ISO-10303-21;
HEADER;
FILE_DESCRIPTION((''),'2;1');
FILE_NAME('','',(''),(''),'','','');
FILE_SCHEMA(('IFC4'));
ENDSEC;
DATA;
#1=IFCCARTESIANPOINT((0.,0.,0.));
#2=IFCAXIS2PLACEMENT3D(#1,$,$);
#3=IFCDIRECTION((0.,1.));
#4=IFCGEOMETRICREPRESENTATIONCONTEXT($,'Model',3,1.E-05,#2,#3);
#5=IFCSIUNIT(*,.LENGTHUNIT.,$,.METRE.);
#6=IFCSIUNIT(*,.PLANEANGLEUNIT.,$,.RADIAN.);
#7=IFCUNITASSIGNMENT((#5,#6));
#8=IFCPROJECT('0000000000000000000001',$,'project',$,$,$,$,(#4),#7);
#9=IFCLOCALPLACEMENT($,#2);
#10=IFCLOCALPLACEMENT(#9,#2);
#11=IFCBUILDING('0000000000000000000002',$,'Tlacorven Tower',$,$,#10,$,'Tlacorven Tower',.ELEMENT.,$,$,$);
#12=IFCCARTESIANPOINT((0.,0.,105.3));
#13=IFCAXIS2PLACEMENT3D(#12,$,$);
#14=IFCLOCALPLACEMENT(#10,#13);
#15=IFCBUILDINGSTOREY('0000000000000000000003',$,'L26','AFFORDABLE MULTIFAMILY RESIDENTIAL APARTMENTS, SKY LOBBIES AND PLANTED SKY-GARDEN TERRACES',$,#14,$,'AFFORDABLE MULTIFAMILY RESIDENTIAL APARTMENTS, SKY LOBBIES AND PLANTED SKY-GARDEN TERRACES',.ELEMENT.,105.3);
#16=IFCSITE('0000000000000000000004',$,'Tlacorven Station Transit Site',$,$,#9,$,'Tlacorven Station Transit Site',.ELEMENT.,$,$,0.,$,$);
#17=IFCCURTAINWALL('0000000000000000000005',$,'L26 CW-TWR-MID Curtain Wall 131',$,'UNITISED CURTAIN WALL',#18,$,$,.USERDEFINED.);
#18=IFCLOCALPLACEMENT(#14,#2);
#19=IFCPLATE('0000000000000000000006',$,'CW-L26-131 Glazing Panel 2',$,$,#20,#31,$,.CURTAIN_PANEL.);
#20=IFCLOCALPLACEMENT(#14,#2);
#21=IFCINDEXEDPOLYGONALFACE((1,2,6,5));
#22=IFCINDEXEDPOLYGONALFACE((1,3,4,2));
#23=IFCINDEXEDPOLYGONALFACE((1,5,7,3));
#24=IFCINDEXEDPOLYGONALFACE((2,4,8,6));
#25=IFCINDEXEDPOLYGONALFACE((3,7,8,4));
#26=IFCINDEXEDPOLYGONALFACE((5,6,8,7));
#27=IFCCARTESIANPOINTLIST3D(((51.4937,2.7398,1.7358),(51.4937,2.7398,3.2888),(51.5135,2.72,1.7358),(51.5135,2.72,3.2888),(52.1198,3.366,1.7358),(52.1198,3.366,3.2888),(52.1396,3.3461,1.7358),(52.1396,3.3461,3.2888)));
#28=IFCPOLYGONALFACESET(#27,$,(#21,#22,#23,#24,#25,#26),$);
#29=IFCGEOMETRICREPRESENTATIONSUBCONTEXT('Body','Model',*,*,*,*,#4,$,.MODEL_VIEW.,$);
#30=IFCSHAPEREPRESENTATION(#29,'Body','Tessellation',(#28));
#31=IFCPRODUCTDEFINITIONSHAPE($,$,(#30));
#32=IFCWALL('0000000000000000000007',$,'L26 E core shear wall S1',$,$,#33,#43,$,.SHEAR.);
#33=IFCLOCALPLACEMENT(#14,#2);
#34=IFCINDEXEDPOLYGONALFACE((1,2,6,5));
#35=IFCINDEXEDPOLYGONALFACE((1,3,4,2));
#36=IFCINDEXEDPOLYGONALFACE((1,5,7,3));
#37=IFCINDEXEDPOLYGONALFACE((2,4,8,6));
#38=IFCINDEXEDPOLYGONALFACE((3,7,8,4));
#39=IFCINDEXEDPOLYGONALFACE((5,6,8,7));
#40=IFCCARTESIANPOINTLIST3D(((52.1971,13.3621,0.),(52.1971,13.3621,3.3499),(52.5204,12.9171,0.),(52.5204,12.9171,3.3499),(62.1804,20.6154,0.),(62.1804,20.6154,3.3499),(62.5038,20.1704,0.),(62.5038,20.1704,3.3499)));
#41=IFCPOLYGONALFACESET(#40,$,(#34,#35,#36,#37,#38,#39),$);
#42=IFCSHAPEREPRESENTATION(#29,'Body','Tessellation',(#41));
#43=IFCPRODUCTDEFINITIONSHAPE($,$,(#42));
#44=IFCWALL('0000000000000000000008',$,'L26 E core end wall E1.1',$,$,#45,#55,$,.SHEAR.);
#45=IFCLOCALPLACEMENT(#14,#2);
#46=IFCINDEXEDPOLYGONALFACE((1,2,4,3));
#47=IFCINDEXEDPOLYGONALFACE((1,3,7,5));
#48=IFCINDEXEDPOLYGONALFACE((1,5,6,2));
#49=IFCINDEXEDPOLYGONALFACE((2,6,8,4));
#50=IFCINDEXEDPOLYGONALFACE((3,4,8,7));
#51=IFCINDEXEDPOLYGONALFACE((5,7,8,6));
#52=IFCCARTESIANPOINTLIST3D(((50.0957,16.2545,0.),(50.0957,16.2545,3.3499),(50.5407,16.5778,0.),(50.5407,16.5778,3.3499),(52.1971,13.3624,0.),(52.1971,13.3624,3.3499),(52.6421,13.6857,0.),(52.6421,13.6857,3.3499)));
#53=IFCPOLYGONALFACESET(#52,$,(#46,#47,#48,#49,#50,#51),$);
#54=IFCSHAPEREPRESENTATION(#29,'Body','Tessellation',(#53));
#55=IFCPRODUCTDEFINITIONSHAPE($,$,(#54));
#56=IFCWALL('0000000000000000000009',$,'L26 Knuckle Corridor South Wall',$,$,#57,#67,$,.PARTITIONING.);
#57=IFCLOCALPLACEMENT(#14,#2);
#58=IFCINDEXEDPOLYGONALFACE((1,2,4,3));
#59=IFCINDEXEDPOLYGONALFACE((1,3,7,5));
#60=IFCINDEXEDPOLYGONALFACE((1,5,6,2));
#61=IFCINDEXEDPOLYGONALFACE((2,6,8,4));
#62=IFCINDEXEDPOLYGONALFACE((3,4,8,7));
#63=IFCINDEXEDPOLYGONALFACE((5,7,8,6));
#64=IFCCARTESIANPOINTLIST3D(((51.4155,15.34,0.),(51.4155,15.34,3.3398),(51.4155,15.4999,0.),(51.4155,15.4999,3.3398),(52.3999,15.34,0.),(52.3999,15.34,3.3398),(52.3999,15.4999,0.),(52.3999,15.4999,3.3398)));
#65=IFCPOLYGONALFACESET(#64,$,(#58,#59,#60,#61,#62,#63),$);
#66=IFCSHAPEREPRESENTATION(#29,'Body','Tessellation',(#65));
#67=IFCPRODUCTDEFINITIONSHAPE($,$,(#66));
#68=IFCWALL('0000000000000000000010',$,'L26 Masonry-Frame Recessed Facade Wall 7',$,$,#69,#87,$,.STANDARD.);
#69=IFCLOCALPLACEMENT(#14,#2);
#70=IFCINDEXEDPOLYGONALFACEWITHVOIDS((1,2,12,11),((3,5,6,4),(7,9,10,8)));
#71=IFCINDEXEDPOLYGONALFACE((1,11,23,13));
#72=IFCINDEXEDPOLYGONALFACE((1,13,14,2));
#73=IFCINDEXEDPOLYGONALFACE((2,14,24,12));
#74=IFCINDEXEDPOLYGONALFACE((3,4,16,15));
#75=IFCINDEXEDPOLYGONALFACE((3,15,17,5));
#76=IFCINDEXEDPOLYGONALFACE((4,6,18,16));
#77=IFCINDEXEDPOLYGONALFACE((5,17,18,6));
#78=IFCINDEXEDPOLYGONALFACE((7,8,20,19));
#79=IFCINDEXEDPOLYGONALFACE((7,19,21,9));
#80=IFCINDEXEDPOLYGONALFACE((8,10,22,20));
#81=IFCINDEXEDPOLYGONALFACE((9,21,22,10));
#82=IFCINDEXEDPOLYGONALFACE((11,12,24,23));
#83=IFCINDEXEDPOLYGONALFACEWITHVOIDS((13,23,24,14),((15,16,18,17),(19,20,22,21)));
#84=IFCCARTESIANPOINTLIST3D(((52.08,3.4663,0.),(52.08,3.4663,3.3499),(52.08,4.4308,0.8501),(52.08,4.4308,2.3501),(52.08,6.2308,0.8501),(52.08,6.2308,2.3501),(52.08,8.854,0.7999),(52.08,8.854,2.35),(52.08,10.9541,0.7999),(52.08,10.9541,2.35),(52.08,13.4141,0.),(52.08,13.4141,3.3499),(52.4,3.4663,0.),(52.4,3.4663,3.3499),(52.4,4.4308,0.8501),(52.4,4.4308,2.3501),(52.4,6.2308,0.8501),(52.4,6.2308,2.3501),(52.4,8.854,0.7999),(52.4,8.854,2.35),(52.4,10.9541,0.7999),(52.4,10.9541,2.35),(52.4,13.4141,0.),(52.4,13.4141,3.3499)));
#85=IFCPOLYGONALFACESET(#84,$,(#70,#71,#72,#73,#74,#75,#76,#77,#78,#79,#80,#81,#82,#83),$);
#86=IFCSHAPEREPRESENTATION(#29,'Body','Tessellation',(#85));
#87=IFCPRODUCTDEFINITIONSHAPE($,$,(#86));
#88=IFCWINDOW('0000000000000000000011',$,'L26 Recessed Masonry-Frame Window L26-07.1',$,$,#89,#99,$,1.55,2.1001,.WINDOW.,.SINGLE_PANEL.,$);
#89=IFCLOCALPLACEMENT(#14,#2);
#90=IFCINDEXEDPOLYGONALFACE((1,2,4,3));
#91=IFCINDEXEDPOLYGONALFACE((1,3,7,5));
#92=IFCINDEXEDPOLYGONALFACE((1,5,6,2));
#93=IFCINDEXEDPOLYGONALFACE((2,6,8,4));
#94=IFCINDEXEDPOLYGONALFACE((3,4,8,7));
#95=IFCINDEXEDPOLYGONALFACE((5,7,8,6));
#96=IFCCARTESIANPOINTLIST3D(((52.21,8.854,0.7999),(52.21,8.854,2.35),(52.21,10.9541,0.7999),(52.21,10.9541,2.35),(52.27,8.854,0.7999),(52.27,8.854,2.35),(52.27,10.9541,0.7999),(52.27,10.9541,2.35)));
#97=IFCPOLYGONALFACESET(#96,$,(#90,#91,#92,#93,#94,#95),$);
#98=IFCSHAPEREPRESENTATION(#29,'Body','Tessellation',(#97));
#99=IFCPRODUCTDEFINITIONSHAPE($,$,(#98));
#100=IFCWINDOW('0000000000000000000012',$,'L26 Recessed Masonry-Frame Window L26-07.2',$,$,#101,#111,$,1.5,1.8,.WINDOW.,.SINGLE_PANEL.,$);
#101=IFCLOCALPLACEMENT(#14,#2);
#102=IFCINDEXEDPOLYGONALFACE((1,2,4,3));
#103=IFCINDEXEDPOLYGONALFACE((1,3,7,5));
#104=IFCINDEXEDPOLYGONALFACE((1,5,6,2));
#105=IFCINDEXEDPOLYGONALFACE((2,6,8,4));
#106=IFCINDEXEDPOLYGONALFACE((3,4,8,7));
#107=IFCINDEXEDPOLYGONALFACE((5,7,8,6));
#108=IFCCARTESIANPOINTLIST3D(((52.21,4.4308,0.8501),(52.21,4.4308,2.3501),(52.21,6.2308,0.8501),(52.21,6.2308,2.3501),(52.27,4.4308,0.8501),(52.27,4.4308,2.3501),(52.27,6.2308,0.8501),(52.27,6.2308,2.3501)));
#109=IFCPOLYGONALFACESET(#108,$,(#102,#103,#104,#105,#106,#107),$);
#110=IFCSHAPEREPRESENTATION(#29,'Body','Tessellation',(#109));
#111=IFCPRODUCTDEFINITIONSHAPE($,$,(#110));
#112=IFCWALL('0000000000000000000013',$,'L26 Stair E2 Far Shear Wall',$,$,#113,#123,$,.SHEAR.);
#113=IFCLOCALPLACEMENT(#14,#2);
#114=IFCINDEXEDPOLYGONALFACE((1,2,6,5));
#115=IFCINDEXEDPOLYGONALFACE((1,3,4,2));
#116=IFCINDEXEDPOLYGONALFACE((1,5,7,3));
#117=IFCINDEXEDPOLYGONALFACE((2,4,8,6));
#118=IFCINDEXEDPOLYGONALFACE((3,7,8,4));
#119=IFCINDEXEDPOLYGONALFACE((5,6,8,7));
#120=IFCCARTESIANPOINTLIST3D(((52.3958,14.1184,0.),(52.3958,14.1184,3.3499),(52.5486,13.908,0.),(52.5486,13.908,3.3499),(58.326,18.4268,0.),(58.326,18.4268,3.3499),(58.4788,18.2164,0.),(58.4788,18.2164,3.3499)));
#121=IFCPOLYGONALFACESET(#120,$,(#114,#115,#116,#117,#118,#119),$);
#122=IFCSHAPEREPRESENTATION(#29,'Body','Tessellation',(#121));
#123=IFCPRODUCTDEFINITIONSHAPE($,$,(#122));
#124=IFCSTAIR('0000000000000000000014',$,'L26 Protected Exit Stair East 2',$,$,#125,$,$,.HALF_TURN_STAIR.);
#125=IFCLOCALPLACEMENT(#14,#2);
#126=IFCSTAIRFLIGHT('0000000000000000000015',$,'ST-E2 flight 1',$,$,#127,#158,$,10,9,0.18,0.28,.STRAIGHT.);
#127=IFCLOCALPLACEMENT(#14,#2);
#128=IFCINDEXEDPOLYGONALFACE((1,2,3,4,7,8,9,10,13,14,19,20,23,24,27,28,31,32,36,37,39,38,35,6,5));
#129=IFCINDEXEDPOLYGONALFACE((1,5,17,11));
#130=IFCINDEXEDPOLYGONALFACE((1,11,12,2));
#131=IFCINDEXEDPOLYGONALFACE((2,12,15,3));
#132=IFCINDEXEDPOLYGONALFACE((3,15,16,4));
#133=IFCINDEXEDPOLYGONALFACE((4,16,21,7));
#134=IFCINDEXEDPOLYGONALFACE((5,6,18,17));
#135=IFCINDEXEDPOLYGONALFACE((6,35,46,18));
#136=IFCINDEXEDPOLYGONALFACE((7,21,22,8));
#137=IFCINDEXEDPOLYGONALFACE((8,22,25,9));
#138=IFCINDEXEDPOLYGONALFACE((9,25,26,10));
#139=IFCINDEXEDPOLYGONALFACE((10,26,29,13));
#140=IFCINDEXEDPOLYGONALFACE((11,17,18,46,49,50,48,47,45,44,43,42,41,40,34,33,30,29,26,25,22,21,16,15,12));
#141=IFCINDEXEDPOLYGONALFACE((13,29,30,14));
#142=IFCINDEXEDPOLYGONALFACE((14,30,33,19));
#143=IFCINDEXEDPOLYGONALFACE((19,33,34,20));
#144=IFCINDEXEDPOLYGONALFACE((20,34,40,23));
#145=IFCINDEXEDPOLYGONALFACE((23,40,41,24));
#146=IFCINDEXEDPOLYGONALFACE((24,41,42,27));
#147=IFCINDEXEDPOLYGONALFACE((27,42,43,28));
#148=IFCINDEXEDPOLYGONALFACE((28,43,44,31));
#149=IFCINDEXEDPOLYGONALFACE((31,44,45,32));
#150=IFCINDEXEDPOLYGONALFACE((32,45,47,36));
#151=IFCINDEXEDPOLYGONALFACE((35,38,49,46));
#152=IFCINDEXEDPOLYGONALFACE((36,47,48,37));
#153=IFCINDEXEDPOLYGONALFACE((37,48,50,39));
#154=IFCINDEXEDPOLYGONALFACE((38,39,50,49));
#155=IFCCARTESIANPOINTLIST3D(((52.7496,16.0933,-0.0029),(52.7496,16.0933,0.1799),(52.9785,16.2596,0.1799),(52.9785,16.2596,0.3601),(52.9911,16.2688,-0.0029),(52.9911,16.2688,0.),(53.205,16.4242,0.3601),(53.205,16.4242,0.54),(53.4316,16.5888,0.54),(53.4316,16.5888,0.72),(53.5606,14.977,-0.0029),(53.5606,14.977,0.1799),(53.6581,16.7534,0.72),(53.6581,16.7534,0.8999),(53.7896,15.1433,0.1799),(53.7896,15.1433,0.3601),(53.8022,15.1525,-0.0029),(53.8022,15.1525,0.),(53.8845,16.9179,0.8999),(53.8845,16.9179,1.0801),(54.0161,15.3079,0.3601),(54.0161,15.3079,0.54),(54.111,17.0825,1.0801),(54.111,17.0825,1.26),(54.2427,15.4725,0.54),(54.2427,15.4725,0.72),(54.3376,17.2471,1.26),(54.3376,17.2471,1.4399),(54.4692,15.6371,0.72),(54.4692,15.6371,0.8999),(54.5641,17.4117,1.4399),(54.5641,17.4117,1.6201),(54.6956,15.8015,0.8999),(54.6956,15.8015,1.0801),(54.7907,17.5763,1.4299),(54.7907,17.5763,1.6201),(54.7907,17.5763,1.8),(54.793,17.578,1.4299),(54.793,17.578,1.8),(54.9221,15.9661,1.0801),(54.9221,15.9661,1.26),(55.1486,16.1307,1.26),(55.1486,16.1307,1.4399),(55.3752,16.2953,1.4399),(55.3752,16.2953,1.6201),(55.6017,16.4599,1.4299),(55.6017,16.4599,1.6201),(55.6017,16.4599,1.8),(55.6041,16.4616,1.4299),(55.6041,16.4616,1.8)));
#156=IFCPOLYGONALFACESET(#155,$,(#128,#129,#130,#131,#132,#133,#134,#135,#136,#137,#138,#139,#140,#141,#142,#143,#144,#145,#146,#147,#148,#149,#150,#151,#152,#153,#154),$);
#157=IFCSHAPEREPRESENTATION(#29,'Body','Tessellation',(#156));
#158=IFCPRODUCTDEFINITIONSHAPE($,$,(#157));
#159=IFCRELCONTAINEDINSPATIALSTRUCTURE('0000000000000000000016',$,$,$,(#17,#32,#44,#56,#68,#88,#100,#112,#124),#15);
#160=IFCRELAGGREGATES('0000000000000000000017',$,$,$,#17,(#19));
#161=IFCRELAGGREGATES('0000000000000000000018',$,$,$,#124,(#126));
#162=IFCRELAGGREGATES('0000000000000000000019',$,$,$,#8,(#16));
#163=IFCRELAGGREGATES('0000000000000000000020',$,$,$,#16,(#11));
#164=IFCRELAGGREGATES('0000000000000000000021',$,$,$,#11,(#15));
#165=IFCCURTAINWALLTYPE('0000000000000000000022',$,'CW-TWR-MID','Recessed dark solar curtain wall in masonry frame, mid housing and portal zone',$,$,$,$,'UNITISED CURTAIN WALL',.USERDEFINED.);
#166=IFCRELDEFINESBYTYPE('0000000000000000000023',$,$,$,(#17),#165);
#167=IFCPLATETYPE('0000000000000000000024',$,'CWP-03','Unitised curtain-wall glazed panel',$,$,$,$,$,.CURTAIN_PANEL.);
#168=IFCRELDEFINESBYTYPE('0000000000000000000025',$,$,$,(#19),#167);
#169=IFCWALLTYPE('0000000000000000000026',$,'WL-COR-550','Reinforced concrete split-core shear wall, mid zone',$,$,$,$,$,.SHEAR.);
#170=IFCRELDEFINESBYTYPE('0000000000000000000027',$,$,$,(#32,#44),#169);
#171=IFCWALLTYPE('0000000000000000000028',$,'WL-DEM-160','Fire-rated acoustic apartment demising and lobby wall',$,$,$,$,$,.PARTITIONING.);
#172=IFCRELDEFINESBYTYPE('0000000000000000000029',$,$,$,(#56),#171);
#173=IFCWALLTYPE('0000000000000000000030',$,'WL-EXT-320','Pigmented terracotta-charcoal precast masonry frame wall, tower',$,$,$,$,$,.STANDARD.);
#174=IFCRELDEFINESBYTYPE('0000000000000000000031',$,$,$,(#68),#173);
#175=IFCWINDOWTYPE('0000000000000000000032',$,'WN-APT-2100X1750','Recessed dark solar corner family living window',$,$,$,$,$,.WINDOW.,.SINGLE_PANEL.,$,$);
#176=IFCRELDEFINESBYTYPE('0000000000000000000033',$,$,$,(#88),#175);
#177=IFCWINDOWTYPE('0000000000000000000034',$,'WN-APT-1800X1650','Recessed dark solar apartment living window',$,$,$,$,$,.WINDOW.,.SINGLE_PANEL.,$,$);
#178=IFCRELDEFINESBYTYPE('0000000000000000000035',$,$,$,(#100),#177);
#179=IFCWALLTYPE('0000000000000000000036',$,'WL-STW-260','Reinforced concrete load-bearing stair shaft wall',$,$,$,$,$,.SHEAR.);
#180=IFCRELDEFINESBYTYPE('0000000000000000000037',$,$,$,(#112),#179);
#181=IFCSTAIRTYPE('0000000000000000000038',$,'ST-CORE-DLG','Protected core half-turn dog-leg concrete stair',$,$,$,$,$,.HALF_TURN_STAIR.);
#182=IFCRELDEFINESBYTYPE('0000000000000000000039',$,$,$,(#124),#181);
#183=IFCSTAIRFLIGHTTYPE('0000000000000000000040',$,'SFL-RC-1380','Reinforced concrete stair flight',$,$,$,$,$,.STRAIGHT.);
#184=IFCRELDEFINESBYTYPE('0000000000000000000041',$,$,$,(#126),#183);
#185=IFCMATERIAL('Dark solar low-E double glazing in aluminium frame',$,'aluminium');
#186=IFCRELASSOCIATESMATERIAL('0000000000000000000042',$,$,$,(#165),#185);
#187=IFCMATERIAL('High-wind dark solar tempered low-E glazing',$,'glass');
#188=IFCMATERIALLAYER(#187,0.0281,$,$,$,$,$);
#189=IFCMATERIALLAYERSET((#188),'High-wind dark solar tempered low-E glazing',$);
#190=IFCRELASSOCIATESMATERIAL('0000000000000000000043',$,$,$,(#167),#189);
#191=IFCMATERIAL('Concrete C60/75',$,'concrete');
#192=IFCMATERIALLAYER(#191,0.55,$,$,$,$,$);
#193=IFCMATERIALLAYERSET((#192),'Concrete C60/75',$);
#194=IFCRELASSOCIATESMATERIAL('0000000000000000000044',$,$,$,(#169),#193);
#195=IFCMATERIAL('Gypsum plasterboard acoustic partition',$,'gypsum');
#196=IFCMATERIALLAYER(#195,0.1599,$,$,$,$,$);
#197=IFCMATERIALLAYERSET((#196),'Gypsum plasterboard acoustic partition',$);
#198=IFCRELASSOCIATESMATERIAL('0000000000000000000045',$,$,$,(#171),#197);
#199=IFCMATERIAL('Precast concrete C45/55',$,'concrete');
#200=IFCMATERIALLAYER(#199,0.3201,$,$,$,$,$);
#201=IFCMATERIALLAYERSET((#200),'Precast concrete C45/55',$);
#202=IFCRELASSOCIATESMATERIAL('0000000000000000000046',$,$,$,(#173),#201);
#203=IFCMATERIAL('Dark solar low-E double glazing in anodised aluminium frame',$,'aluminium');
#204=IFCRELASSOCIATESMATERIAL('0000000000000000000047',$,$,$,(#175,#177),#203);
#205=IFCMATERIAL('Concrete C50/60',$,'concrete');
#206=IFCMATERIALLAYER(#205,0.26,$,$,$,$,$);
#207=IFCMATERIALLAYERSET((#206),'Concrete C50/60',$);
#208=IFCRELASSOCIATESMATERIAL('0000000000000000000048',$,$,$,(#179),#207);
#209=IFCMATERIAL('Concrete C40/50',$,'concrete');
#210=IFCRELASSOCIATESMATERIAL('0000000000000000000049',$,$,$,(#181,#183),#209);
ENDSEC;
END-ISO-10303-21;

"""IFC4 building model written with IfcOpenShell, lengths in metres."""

from ifc_helpers import new_model, si_unit, direction, frame, frame_2d, origin, origin_2d, place, context, subcontext, project, spatial, polyline, rectangle, outline, extrude, source, transform, mapped, material, layer, layer_set, type_object, element, fill, aggregate, save


model = new_model("IFC4")

# Units and contexts
model_context = context("Model", 3, precision=1e-05, world=origin(), true_north=direction((0.0, 1.0)))
body_context = subcontext(model_context, "Body", "Model", "MODEL_VIEW")
ifc_project = project(units=[si_unit("LENGTHUNIT", "METRE"), si_unit("PLANEANGLEUNIT", "RADIAN")], contexts=[model_context])

# Site, building, storey
site_placement = place(None, origin())
site = spatial("IfcSite", under=ifc_project, at=site_placement, Name="Tlacorven Station Transit Site", LongName="Tlacorven Station Transit Site", CompositionType="ELEMENT", RefElevation=0.0)
building_placement = place(site_placement, origin())
building = spatial("IfcBuilding", under=site, at=building_placement, Name="Tlacorven Tower", LongName="Tlacorven Tower", CompositionType="ELEMENT")
storey_placement = place(building_placement, frame((0.0, 0.0, 105.3)))
storey = spatial("IfcBuildingStorey", under=building, at=storey_placement, Name="L26", Description="AFFORDABLE MULTIFAMILY RESIDENTIAL APARTMENTS, SKY LOBBIES AND PLANTED SKY-GARDEN TERRACES", LongName="AFFORDABLE MULTIFAMILY RESIDENTIAL APARTMENTS, SKY LOBBIES AND PLANTED SKY-GARDEN TERRACES", CompositionType="ELEMENT", Elevation=105.3)

# Curtain wall, plate
ifc_material_1 = material(Name="Dark solar low-E double glazing in aluminium frame", Category="aluminium")
curtain_wall_type = type_object("IfcCurtainWallType", Name="CW-TWR-MID", Description="Recessed dark solar curtain wall in masonry frame, mid housing and portal zone", ElementType="UNITISED CURTAIN WALL", PredefinedType="USERDEFINED", material=ifc_material_1)
curtain_wall_placement = place(storey_placement, origin())
curtain_wall = element("IfcCurtainWall", 1, at=curtain_wall_placement, inside=storey, type_object=curtain_wall_type, Name="L26 CW-TWR-MID Curtain Wall 131", ObjectType="UNITISED CURTAIN WALL", PredefinedType="USERDEFINED")
ifc_material_2 = material(Name="High-wind dark solar tempered low-E glazing", Category="glass")
ifc_layer_1 = layer(ifc_material_2, 0.0281)
ifc_layer_set_1 = layer_set([ifc_layer_1], Name="High-wind dark solar tempered low-E glazing")
plate_type = type_object("IfcPlateType", Name="CWP-03", Description="Unitised curtain-wall glazed panel", PredefinedType="CURTAIN_PANEL", material=ifc_layer_set_1)
shared_shape_1 = source(origin(), body_context, "Body", "SweptSolid", [
    extrude(rectangle(XDim=0.8855, YDim=0.0281, at=origin_2d()), origin(), (0.0, 0.0, 1.0), 1.553),
])
plate_1_placement = place(storey_placement, frame((51.8167, 3.043, 1.7358), z_axis=(0.0, 0.0, 1.0), x_axis=(-0.707107, -0.707107, 0.0)))
plate_1 = element("IfcPlate", 2, at=plate_1_placement, type_object=plate_type, Name="CW-L26-131 Glazing Panel 2", PredefinedType="CURTAIN_PANEL", context=body_context, shape_type="MappedRepresentation", body=[
    mapped(shared_shape_1, transform((0.0, 0.0, 0.0), scale=1.0)),
])
aggregate(curtain_wall, [plate_1])

# Walls
ifc_material_3 = material(Name="Concrete C60/75", Category="concrete")
ifc_layer_2 = layer(ifc_material_3, 0.55)
ifc_layer_set_2 = layer_set([ifc_layer_2], Name="Concrete C60/75")
wall_type_1 = type_object("IfcWallType", Name="WL-COR-550", Description="Reinforced concrete split-core shear wall, mid zone", PredefinedType="SHEAR", material=ifc_layer_set_2)
wall_1_placement = place(storey_placement, frame((52.3589, 13.1396, 0.0), z_axis=(0.0, 0.0, 1.0), x_axis=(0.809015, 0.587788, 0.0)))
element("IfcWall", 3, at=wall_1_placement, inside=storey, type_object=wall_type_1, Name="L26 E core shear wall S1", PredefinedType="SHEAR", context=body_context, shape_type="SweptSolid", body=[
    extrude(rectangle(XDim=12.3401, YDim=0.55, at=frame_2d((6.1699, 0.0))), origin(), (0.0, 0.0, 1.0), 3.3499),
])
wall_2_placement = place(storey_placement, frame((52.4197, 13.5239, 0.0), z_axis=(0.0, 0.0, 1.0), x_axis=(-0.587802, 0.809005, 0.0)))
element("IfcWall", 4, at=wall_2_placement, inside=storey, type_object=wall_type_1, Name="L26 E core end wall E1.1", PredefinedType="SHEAR", context=body_context, shape_type="SweptSolid", body=[
    extrude(rectangle(XDim=3.575, YDim=0.55, at=frame_2d((1.7876, 0.0))), origin(), (0.0, 0.0, 1.0), 3.3499),
])
ifc_material_4 = material(Name="Gypsum plasterboard acoustic partition", Category="gypsum")
ifc_layer_3 = layer(ifc_material_4, 0.1599)
ifc_layer_set_3 = layer_set([ifc_layer_3], Name="Gypsum plasterboard acoustic partition")
wall_type_2 = type_object("IfcWallType", Name="WL-DEM-160", Description="Fire-rated acoustic apartment demising and lobby wall", PredefinedType="PARTITIONING", material=ifc_layer_set_3)
wall_3_placement = place(storey_placement, frame((51.4155, 15.4199, 0.0), z_axis=(0.0, 0.0, 1.0), x_axis=(1.0, 0.0, 0.0)))
element("IfcWall", 5, at=wall_3_placement, inside=storey, type_object=wall_type_2, Name="L26 Knuckle Corridor South Wall", PredefinedType="PARTITIONING", context=body_context, shape_type="SweptSolid", body=[
    extrude(rectangle(XDim=0.9844, YDim=0.1599, at=frame_2d((0.4922, 0.0))), origin(), (0.0, 0.0, 1.0), 3.3398),
])

# Wall, openings, windows
ifc_material_5 = material(Name="Precast concrete C45/55", Category="concrete")
ifc_layer_4 = layer(ifc_material_5, 0.3201)
ifc_layer_set_4 = layer_set([ifc_layer_4], Name="Precast concrete C45/55")
wall_type_3 = type_object("IfcWallType", Name="WL-EXT-320", Description="Pigmented terracotta-charcoal precast masonry frame wall, tower", PredefinedType="STANDARD", material=ifc_layer_set_4)
wall_4_placement = place(storey_placement, frame((52.24, 13.4141, 0.0), z_axis=(0.0, 0.0, 1.0), x_axis=(0.0, -1.0, 0.0)))
wall_4 = element("IfcWall", 6, at=wall_4_placement, inside=storey, type_object=wall_type_3, Name="L26 Masonry-Frame Recessed Facade Wall 7", PredefinedType="STANDARD", context=body_context, shape_type="SweptSolid", body=[
    extrude(rectangle(XDim=9.9478, YDim=0.3201, at=frame_2d((4.9739, 0.0))), origin(), (0.0, 0.0, 1.0), 3.3499),
])
opening_1_placement = place(wall_4_placement, frame((2.46, 0.0, 0.8)))
opening_1 = element("IfcOpeningElement", 7, at=opening_1_placement, cuts=wall_4, PredefinedType="OPENING", context=body_context, shape_type="SweptSolid", body=[
    extrude(rectangle(XDim=2.1001, YDim=1.55, at=frame_2d((1.05, 0.7749))), frame((0.0, 0.1699, 0.0), z_axis=(0.0, -1.0, 0.0), x_axis=(1.0, 0.0, 0.0)), (0.0, 0.0, 1.0), 0.3401),
])
opening_2_placement = place(wall_4_placement, frame((7.1833, 0.0, 0.8501)))
opening_2 = element("IfcOpeningElement", 8, at=opening_2_placement, cuts=wall_4, PredefinedType="OPENING", context=body_context, shape_type="SweptSolid", body=[
    extrude(rectangle(XDim=1.8, YDim=1.5, at=frame_2d((0.8999, 0.75))), frame((0.0, 0.1699, 0.0), z_axis=(0.0, -1.0, 0.0), x_axis=(1.0, 0.0, 0.0)), (0.0, 0.0, 1.0), 0.3401),
])
ifc_material_6 = material(Name="Dark solar low-E double glazing in anodised aluminium frame", Category="aluminium")
window_type_1 = type_object("IfcWindowType", Name="WN-APT-2100X1750", Description="Recessed dark solar corner family living window", PartitioningType="SINGLE_PANEL", PredefinedType="WINDOW", material=ifc_material_6)
shared_shape_2 = source(origin(), body_context, "Body", "SweptSolid", [
    extrude(rectangle(XDim=2.1001, YDim=1.55, at=frame_2d((1.05, 0.7749))), frame((0.0, 0.03, 0.0), z_axis=(0.0, -1.0, 0.0), x_axis=(1.0, 0.0, 0.0)), (0.0, 0.0, 1.0), 0.0601),
])
window_1_placement = place(opening_1_placement, origin())
window_1 = element("IfcWindow", 9, at=window_1_placement, inside=storey, type_object=window_type_1, Name="L26 Recessed Masonry-Frame Window L26-07.1", OverallHeight=1.55, OverallWidth=2.1001, PartitioningType="SINGLE_PANEL", PredefinedType="WINDOW", context=body_context, shape_type="MappedRepresentation", body=[
    mapped(shared_shape_2, transform((0.0, 0.0, 0.0), scale=1.0)),
])
fill(opening_1, window_1)
window_type_2 = type_object("IfcWindowType", Name="WN-APT-1800X1650", Description="Recessed dark solar apartment living window", PartitioningType="SINGLE_PANEL", PredefinedType="WINDOW", material=ifc_material_6)
shared_shape_3 = source(origin(), body_context, "Body", "SweptSolid", [
    extrude(rectangle(XDim=1.8, YDim=1.5, at=frame_2d((0.8999, 0.75))), frame((0.0, 0.03, 0.0), z_axis=(0.0, -1.0, 0.0), x_axis=(1.0, 0.0, 0.0)), (0.0, 0.0, 1.0), 0.0601),
])
window_2_placement = place(opening_2_placement, origin())
window_2 = element("IfcWindow", 10, at=window_2_placement, inside=storey, type_object=window_type_2, Name="L26 Recessed Masonry-Frame Window L26-07.2", OverallHeight=1.5, OverallWidth=1.8, PartitioningType="SINGLE_PANEL", PredefinedType="WINDOW", context=body_context, shape_type="MappedRepresentation", body=[
    mapped(shared_shape_3, transform((0.0, 0.0, 0.0), scale=1.0)),
])
fill(opening_2, window_2)

# Wall
ifc_material_7 = material(Name="Concrete C50/60", Category="concrete")
ifc_layer_5 = layer(ifc_material_7, 0.26)
ifc_layer_set_5 = layer_set([ifc_layer_5], Name="Concrete C50/60")
wall_type_4 = type_object("IfcWallType", Name="WL-STW-260", Description="Reinforced concrete load-bearing stair shaft wall", PredefinedType="SHEAR", material=ifc_layer_set_5)
wall_5_placement = place(storey_placement, frame((52.4722, 14.0132, 0.0), z_axis=(0.0, 0.0, 1.0), x_axis=(0.809028, 0.58777, 0.0)))
element("IfcWall", 11, at=wall_5_placement, inside=storey, type_object=wall_type_4, Name="L26 Stair E2 Far Shear Wall", PredefinedType="SHEAR", context=body_context, shape_type="SweptSolid", body=[
    extrude(rectangle(XDim=7.3301, YDim=0.26, at=frame_2d((3.665, 0.0))), origin(), (0.0, 0.0, 1.0), 3.3499),
])

# Stair, stair flight
ifc_material_8 = material(Name="Concrete C40/50", Category="concrete")
stair_type = type_object("IfcStairType", Name="ST-CORE-DLG", Description="Protected core half-turn dog-leg concrete stair", PredefinedType="HALF_TURN_STAIR", material=ifc_material_8)
stair_placement = place(storey_placement, origin())
stair = element("IfcStair", 12, at=stair_placement, inside=storey, type_object=stair_type, Name="L26 Protected Exit Stair East 2", PredefinedType="HALF_TURN_STAIR")
stair_flight_type = type_object("IfcStairFlightType", Name="SFL-RC-1380", Description="Reinforced concrete stair flight", PredefinedType="STRAIGHT", material=ifc_material_8)
shared_shape_4 = source(origin(), body_context, "Body", "SweptSolid", [
    extrude(outline(polyline([(-0.0029, -0.0029), (-0.0029, 0.1799), (0.28, 0.1799), (0.28, 0.3601), (0.5601, 0.3601), (0.5601, 0.54), (0.8401, 0.54), (0.8401, 0.72), (1.1201, 0.72), (1.1201, 0.8999), (1.3999, 0.8999), (1.3999, 1.0801), (1.6799, 1.0801), (1.6799, 1.26), (1.96, 1.26), (1.96, 1.4399), (2.24, 1.4399), (2.24, 1.6201), (2.52, 1.6201), (2.52, 1.8), (2.5229, 1.8), (2.5229, 1.4299), (2.52, 1.4299), (0.2957, 0.0), (0.2957, -0.0029), (-0.0029, -0.0029)])), frame((0.0, 0.6899, 0.0), z_axis=(0.0, -1.0, 0.0), x_axis=(1.0, 0.0, 0.0)), (0.0, 0.0, 1.0), 1.3799),
])
stair_flight_placement = place(storey_placement, frame((53.1575, 15.5369, 0.0), z_axis=(0.0, 0.0, 1.0), x_axis=(0.809017, 0.587785, 0.0)))
stair_flight = element("IfcStairFlight", 13, at=stair_flight_placement, type_object=stair_flight_type, Name="ST-E2 flight 1", NumberOfRisers=10, NumberOfTreads=9, PredefinedType="STRAIGHT", RiserHeight=0.18, TreadLength=0.28, context=body_context, shape_type="MappedRepresentation", body=[
    mapped(shared_shape_4, transform((0.0, 0.0, 0.0), scale=1.0)),
])
aggregate(stair, [stair_flight])

save(model, "model.ifc")
